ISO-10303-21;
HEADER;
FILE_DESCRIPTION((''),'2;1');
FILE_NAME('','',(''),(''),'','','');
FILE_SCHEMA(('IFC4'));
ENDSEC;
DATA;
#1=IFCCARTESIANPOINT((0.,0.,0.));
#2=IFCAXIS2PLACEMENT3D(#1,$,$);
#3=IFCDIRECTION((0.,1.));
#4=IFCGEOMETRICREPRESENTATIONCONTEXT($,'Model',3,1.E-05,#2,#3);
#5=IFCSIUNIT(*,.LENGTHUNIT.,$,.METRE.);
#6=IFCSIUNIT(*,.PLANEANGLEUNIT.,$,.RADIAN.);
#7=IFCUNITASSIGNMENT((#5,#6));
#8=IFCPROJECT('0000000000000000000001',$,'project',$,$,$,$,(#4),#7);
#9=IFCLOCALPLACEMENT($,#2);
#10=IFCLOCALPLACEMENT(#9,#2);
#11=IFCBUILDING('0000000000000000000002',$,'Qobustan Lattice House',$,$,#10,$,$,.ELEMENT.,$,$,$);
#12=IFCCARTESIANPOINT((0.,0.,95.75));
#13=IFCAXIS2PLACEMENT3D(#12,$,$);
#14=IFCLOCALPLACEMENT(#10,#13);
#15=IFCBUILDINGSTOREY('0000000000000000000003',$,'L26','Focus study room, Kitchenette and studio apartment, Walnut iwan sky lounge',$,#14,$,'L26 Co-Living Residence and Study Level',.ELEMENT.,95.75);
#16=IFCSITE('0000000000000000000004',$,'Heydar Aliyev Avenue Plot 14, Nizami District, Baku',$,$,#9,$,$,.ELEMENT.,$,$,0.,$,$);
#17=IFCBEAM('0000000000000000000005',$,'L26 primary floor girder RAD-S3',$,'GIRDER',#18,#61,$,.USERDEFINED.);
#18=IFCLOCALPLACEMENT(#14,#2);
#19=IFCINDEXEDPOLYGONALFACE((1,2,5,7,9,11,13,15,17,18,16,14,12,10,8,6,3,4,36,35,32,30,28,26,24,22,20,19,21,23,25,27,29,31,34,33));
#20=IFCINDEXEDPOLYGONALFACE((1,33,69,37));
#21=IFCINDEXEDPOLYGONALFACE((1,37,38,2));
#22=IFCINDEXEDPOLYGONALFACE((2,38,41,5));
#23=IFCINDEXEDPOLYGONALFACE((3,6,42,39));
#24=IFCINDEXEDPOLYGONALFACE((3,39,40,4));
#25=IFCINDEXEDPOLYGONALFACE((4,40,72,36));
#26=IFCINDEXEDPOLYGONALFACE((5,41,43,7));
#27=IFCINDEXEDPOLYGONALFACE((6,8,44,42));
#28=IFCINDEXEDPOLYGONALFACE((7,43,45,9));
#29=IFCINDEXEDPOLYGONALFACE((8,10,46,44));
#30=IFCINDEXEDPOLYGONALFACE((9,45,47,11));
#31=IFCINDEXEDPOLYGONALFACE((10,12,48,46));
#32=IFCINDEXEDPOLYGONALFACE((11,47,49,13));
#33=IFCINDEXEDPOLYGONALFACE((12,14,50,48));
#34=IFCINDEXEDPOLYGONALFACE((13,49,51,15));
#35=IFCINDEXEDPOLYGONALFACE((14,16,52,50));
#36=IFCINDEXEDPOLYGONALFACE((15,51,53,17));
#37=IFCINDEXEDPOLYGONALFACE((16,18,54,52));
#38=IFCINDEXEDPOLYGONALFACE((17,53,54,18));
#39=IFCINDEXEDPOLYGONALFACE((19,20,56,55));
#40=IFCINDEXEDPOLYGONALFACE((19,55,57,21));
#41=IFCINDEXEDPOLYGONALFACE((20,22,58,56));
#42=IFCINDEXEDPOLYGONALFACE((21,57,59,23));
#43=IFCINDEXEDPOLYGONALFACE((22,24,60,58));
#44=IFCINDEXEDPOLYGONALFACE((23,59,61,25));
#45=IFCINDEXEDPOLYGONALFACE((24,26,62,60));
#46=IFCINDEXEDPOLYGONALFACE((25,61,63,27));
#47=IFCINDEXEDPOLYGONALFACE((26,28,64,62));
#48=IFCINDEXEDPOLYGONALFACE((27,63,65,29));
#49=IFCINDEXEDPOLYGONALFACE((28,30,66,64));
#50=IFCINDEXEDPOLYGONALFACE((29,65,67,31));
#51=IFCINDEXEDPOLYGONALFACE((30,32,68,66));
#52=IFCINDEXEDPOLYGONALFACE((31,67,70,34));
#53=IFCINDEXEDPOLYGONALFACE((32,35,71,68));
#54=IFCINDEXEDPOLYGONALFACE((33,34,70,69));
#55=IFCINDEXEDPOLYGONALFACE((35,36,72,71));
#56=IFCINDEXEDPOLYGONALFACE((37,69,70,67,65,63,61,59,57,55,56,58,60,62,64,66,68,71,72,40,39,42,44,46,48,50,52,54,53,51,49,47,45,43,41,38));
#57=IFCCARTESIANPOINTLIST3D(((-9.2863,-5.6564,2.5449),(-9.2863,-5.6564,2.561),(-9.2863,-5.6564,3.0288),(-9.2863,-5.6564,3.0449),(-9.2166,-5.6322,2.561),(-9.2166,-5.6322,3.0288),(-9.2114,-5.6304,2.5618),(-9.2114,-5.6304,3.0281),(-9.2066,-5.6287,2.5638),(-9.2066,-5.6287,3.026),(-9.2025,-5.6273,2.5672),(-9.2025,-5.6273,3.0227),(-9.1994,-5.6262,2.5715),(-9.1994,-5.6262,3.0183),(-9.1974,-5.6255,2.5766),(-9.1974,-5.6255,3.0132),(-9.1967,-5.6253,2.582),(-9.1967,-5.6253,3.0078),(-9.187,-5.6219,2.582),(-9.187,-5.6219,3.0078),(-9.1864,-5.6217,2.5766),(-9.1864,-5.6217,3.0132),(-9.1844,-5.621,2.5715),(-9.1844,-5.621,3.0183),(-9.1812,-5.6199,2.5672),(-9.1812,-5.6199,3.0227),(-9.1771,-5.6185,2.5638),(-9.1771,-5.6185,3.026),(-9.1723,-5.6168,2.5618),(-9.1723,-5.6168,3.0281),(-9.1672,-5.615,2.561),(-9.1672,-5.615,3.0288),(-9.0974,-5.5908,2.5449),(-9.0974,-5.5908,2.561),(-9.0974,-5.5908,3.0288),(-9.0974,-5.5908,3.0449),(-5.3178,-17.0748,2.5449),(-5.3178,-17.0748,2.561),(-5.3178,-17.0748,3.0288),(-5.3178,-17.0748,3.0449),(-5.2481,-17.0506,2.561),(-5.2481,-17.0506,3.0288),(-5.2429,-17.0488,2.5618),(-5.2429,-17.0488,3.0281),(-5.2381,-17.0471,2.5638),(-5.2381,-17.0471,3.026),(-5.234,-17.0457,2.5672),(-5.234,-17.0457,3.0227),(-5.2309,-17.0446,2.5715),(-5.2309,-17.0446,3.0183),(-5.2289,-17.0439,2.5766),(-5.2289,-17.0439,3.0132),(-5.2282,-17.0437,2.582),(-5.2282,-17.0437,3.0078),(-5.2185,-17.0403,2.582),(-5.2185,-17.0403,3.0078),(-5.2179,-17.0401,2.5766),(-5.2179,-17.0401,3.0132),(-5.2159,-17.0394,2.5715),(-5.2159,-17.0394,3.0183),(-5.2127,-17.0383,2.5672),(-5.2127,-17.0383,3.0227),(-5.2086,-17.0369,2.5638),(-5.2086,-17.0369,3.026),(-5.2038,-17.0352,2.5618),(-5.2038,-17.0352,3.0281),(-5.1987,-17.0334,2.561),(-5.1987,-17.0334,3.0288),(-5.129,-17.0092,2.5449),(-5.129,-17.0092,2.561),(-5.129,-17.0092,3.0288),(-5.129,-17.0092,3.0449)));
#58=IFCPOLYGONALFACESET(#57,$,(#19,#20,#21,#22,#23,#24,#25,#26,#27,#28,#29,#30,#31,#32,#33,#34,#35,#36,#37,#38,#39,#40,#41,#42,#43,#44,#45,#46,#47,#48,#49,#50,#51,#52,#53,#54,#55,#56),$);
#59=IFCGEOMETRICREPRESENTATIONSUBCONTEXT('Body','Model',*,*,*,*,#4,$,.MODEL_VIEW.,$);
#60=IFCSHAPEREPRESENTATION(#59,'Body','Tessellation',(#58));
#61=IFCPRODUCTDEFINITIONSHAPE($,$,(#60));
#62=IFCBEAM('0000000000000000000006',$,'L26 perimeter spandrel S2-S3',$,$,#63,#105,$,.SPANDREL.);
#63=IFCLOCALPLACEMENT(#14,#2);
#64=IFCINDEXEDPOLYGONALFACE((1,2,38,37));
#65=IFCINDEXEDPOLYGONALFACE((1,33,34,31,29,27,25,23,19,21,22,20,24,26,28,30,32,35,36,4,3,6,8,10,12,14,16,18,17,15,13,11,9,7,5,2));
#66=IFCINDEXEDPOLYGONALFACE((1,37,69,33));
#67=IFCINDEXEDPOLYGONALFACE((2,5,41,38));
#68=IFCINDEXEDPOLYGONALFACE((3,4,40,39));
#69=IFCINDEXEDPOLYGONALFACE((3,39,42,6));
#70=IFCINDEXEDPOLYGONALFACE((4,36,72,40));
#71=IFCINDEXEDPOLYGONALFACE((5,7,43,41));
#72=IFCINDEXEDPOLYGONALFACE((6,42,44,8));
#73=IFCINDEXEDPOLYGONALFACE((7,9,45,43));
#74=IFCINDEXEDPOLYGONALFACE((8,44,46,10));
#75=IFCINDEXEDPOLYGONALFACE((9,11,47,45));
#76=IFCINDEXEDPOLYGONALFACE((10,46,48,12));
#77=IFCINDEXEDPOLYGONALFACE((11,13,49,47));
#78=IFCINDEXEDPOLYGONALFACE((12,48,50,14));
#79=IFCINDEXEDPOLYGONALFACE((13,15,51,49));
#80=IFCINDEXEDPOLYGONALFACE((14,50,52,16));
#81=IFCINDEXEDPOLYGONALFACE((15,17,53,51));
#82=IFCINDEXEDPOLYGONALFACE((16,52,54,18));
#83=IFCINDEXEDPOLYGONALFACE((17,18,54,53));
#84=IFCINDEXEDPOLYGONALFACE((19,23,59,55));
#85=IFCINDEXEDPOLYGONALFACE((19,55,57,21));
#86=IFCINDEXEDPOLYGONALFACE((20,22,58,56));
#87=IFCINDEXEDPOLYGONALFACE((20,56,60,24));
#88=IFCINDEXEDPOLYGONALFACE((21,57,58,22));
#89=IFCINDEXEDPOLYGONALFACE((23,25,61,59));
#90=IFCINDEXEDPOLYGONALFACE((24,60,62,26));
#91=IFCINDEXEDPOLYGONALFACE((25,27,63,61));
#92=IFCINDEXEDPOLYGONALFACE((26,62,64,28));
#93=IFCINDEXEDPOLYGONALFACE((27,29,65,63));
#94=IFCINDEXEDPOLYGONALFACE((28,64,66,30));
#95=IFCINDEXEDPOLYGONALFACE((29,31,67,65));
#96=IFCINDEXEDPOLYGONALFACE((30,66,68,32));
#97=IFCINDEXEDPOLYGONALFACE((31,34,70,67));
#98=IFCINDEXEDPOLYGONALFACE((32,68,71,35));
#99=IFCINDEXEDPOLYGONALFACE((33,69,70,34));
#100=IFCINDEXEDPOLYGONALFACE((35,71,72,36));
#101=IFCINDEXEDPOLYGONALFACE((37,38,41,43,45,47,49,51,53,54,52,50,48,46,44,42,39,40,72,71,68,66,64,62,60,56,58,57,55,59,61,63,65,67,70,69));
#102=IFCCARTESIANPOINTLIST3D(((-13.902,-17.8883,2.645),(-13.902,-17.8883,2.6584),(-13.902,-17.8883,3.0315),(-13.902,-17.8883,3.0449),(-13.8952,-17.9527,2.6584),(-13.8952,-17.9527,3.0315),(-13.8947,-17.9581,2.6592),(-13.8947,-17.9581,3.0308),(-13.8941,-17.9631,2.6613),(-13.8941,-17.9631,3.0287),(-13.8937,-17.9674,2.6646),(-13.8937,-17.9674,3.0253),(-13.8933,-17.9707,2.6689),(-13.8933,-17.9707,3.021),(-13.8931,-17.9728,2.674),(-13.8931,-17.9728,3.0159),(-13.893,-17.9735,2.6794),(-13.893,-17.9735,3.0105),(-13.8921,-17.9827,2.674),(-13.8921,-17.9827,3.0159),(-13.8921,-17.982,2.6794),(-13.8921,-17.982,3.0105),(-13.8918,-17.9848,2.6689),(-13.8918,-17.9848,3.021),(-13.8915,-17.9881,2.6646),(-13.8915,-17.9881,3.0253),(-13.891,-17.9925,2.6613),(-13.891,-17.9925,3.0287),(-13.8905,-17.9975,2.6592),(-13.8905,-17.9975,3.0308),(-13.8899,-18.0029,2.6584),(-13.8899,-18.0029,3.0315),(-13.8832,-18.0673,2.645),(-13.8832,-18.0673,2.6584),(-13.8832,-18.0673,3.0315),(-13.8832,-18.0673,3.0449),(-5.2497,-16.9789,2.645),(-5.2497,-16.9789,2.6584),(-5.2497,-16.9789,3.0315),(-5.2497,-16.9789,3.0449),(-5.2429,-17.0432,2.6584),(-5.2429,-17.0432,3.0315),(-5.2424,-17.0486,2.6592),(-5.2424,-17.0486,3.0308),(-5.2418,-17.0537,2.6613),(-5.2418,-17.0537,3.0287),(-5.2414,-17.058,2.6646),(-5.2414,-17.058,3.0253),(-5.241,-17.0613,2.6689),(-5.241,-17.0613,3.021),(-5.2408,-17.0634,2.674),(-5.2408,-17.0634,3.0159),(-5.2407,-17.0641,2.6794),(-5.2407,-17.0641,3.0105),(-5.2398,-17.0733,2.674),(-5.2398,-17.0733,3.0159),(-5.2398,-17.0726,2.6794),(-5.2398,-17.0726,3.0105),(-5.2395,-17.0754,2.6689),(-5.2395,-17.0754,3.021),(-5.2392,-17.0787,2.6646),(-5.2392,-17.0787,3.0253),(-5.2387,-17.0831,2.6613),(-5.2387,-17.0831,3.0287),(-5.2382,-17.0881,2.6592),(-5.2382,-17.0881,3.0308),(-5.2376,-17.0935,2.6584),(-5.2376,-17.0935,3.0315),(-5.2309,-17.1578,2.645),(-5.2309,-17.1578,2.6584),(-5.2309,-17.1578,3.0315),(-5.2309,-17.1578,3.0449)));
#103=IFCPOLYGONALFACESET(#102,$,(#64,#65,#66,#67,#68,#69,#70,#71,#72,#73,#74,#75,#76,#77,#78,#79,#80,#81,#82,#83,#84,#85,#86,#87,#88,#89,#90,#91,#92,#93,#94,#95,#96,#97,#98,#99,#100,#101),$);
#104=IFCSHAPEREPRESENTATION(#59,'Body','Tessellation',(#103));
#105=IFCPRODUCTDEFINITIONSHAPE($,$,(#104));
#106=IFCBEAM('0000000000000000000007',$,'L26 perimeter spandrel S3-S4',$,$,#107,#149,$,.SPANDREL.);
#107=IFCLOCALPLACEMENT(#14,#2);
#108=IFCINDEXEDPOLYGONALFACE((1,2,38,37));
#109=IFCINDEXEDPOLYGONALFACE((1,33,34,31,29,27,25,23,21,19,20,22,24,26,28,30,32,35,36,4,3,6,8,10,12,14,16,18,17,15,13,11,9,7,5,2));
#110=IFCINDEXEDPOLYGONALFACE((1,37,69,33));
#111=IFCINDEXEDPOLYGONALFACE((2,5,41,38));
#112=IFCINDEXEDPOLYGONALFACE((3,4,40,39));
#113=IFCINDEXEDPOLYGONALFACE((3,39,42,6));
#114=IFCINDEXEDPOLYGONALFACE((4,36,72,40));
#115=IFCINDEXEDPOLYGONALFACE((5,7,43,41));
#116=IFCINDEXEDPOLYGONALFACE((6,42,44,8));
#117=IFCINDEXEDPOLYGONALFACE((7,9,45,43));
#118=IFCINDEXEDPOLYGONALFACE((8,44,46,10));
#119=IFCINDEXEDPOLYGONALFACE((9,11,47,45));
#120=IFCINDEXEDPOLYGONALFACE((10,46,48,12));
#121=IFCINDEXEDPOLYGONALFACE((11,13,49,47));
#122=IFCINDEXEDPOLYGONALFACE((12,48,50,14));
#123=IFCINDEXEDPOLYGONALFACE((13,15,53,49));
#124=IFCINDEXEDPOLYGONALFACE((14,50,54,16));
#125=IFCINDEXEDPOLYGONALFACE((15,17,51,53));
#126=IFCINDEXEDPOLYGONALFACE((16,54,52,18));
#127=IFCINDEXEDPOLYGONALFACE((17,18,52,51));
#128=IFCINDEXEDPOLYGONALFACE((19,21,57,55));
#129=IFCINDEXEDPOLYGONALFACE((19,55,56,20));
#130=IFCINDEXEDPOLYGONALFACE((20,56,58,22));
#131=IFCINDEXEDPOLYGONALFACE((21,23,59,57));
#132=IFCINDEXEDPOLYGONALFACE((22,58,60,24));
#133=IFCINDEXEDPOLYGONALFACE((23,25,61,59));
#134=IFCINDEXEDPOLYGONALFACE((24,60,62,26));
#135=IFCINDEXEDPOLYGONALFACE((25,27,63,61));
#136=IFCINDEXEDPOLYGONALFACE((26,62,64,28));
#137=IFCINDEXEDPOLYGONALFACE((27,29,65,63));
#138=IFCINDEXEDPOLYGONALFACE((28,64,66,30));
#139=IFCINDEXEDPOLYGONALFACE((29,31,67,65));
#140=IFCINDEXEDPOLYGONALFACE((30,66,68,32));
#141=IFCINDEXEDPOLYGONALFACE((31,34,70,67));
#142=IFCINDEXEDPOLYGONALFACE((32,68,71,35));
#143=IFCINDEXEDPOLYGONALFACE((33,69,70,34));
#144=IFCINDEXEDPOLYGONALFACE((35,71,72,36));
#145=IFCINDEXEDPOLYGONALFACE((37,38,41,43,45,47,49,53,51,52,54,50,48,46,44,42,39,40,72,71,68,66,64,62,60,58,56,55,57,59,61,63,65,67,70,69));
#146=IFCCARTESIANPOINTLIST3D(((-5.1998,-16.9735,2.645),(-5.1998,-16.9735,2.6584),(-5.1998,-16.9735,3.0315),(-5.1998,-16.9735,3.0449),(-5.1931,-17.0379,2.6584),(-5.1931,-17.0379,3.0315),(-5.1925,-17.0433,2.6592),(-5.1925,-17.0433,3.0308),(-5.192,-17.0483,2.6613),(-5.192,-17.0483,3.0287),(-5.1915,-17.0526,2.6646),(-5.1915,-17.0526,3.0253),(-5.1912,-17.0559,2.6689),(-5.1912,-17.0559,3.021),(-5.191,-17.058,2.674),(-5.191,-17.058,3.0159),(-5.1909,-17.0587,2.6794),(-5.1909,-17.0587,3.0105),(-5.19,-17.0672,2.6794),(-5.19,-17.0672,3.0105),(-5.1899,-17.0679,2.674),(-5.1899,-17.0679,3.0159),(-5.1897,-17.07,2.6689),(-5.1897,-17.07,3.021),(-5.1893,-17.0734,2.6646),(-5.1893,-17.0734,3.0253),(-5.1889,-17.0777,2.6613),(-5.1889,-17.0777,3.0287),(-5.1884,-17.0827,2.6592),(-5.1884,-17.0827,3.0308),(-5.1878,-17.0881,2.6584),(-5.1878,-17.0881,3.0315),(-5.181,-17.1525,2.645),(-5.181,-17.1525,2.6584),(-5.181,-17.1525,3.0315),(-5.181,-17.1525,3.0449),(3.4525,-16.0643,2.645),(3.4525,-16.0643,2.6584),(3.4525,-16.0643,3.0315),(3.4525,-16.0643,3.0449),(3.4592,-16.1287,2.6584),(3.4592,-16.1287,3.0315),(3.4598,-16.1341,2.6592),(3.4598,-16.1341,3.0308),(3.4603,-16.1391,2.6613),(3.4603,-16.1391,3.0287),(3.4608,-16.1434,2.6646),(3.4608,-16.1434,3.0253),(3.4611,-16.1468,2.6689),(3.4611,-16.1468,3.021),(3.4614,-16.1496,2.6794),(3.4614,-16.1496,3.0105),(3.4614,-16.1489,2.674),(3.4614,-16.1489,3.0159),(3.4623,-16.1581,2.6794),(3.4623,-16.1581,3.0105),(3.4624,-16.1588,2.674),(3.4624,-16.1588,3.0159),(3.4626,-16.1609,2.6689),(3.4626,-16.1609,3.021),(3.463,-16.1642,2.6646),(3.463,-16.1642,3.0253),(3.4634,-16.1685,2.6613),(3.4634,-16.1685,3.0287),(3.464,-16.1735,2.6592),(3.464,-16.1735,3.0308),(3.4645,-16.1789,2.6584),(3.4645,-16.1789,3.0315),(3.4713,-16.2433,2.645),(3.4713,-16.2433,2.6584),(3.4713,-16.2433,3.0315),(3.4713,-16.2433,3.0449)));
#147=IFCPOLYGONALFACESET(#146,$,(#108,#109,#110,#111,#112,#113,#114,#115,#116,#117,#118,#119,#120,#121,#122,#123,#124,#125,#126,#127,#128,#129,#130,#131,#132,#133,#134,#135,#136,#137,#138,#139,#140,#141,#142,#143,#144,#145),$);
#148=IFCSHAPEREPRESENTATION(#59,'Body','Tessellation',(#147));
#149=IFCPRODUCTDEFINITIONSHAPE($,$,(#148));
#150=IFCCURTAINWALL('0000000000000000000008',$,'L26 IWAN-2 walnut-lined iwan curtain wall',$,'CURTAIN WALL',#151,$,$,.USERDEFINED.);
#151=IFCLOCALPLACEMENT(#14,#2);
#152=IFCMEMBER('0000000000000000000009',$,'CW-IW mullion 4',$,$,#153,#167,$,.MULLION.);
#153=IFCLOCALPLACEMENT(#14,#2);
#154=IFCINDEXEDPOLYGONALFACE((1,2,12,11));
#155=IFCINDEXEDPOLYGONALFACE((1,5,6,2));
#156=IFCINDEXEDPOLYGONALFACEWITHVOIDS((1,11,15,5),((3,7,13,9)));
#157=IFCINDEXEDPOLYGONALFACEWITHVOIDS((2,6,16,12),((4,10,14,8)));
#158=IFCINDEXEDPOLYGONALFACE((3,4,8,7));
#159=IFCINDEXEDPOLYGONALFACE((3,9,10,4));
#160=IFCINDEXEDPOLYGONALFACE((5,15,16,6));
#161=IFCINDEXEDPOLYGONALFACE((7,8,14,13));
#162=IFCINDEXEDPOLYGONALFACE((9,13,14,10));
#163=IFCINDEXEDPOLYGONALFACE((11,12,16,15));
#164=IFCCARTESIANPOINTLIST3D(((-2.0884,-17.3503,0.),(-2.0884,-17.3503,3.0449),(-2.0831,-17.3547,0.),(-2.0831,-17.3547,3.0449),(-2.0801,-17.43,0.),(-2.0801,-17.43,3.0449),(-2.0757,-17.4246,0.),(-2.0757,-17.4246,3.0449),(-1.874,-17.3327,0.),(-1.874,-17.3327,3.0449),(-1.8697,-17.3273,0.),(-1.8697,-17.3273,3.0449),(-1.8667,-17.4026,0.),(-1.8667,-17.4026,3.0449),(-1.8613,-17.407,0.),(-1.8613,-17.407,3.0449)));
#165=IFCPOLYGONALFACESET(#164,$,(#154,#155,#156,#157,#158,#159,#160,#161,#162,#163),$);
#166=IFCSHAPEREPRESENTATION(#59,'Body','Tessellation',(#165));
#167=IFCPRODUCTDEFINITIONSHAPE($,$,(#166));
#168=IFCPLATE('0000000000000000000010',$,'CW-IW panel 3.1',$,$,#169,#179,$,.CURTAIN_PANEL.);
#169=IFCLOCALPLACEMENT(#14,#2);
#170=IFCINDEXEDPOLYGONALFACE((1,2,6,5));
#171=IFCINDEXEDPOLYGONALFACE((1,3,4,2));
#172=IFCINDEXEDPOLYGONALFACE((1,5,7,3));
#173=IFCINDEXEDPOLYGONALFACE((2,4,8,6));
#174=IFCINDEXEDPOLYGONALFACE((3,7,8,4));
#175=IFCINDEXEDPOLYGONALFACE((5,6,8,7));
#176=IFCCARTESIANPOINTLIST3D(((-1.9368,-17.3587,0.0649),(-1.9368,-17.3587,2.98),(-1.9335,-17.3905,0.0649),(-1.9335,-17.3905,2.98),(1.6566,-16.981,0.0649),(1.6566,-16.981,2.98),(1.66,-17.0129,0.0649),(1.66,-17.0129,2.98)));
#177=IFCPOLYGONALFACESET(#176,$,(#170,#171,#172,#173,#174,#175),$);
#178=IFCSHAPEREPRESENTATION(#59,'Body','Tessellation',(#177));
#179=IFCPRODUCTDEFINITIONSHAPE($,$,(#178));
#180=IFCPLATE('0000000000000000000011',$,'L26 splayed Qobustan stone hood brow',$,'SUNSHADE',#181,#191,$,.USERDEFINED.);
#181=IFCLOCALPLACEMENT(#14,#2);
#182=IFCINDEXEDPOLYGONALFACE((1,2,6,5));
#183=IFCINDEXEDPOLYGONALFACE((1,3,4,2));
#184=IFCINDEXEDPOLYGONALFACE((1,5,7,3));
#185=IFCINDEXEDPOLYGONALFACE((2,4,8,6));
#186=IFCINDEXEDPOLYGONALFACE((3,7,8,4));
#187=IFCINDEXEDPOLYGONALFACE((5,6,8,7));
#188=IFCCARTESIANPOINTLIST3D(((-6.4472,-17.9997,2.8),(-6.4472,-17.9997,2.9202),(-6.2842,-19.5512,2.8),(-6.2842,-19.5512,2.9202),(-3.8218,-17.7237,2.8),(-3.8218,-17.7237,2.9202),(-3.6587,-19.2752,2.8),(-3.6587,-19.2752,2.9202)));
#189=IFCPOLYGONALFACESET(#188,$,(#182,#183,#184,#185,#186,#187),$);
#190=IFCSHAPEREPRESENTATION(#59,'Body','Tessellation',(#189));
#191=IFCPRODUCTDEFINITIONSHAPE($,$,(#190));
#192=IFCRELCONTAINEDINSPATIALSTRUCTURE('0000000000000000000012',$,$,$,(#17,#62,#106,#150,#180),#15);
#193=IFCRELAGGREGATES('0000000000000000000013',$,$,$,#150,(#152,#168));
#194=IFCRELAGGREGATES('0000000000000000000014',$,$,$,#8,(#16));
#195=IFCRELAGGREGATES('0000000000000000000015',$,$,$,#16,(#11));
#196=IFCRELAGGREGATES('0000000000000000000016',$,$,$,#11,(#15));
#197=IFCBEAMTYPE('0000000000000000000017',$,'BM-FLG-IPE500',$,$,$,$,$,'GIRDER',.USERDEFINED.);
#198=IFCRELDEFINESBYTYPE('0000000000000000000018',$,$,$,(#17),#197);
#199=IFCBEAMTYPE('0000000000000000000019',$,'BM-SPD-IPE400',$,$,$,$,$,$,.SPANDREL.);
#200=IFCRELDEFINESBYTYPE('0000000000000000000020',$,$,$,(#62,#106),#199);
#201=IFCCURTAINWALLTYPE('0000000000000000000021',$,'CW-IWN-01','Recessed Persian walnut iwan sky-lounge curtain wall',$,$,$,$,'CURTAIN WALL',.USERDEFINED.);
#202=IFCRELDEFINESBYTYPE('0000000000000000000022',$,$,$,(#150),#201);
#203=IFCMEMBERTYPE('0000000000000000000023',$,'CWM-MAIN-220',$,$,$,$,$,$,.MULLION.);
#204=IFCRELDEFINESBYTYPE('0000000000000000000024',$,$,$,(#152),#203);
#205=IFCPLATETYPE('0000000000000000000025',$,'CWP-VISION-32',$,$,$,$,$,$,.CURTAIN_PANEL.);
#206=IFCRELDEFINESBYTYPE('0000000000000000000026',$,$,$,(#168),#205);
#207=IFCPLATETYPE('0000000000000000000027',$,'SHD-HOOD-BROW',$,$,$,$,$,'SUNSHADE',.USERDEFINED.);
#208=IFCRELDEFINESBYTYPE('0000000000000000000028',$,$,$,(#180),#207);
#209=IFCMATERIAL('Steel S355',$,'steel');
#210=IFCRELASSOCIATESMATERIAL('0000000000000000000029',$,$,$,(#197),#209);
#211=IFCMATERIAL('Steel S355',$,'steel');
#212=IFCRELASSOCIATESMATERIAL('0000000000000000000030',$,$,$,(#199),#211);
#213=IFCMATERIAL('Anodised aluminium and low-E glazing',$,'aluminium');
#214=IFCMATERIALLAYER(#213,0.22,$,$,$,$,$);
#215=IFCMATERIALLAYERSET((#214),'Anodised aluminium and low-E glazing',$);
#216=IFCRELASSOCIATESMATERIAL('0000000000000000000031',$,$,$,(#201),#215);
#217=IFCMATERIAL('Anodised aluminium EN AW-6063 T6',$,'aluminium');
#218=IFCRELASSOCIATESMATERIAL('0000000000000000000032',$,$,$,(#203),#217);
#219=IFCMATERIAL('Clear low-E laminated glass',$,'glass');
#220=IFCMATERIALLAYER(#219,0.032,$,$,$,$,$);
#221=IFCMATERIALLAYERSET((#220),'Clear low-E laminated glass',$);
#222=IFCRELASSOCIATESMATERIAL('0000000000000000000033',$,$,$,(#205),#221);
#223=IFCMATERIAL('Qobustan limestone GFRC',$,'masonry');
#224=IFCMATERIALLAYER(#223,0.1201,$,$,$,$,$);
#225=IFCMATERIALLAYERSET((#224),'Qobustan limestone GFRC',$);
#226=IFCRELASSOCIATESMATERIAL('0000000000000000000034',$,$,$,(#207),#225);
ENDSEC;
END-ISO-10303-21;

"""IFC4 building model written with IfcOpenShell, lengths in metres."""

from ifc_helpers import new_model, si_unit, direction, frame, origin, origin_2d, place, context, subcontext, project, spatial, rectangle, hollow_rectangle, i_section, extrude, material, layer, layer_set, material_profile, profile_set, type_object, element, aggregate, save


model = new_model("IFC4")

# Units and contexts
model_context = context("Model", 3, precision=1e-05, world=origin(), true_north=direction((0.0, 1.0)))
body_context = subcontext(model_context, "Body", "Model", "MODEL_VIEW")
ifc_project = project(units=[si_unit("LENGTHUNIT", "METRE"), si_unit("PLANEANGLEUNIT", "RADIAN")], contexts=[model_context])

# Site, building, storey
site_placement = place(None, origin())
site = spatial("IfcSite", under=ifc_project, at=site_placement, Name="Heydar Aliyev Avenue Plot 14, Nizami District, Baku", CompositionType="ELEMENT", RefElevation=0.0)
building_placement = place(site_placement, origin())
building = spatial("IfcBuilding", under=site, at=building_placement, Name="Qobustan Lattice House", CompositionType="ELEMENT")
storey_placement = place(building_placement, frame((0.0, 0.0, 95.75)))
storey = spatial("IfcBuildingStorey", under=building, at=storey_placement, Name="L26", Description="Focus study room, Kitchenette and studio apartment, Walnut iwan sky lounge", LongName="L26 Co-Living Residence and Study Level", CompositionType="ELEMENT", Elevation=95.75)

# Beams
ifc_material_1 = material(Name="Steel S355", Category="steel")
ifc_material_profile_1 = material_profile(ifc_material_1, i_section(OverallWidth=0.2, OverallDepth=0.5, WebThickness=0.0103, FlangeThickness=0.0161, FilletRadius=0.021, at=origin_2d()), Name="IPE500")
ifc_profile_set_1 = profile_set([ifc_material_profile_1], Name="Steel S355")
beam_type_1 = type_object("IfcBeamType", Name="BM-FLG-IPE500", ElementType="GIRDER", PredefinedType="USERDEFINED", material=ifc_profile_set_1)
beam_1_placement = place(storey_placement, frame((-5.2234, -17.042, 2.7949), z_axis=(-0.32829, 0.944577, 0.0), x_axis=(-0.944577, -0.32829, 0.0)))
element("IfcBeam", 1, at=beam_1_placement, inside=storey, type_object=beam_type_1, Name="L26 primary floor girder RAD-S3", ObjectType="GIRDER", PredefinedType="USERDEFINED", context=body_context, shape_type="SweptSolid", body=[
    extrude(i_section(OverallWidth=0.2, OverallDepth=0.5, WebThickness=0.0103, FlangeThickness=0.0161, FilletRadius=0.021, at=origin_2d()), origin(), (0.0, 0.0, 1.0), 12.0884),
])
ifc_material_2 = material(Name="Steel S355", Category="steel")
ifc_material_profile_2 = material_profile(ifc_material_2, i_section(OverallWidth=0.1799, OverallDepth=0.3999, WebThickness=0.0085, FlangeThickness=0.0134, FilletRadius=0.021, at=origin_2d()), Name="IPE400")
ifc_profile_set_2 = profile_set([ifc_material_profile_2], Name="Steel S355")
beam_type_2 = type_object("IfcBeamType", Name="BM-SPD-IPE400", PredefinedType="SPANDREL", material=ifc_profile_set_2)
for number, where, z_axis, x_axis, name in (
    (2, (-13.8926, -17.9778, 2.845), (0.994522, 0.104531, 0.0), (-0.104531, 0.994522, 0.0), "L26 perimeter spandrel S2-S3"),
    (3, (-5.1904, -17.063, 2.845), (0.994525, 0.104504, 0.0), (-0.104504, 0.994525, 0.0), "L26 perimeter spandrel S3-S4"),
):
    element("IfcBeam", number, at=place(storey_placement, frame(where, z_axis=z_axis, x_axis=x_axis)), inside=storey, type_object=beam_type_2, Name=name, PredefinedType="SPANDREL", context=body_context, shape_type="SweptSolid", body=[
        extrude(i_section(OverallWidth=0.1799, OverallDepth=0.3999, WebThickness=0.0085, FlangeThickness=0.0134, FilletRadius=0.021, at=origin_2d()), origin(), (0.0, 0.0, 1.0), 8.7),
    ])

# Curtain wall, member, plate
ifc_material_3 = material(Name="Anodised aluminium and low-E glazing", Category="aluminium")
ifc_layer_1 = layer(ifc_material_3, 0.22)
ifc_layer_set_1 = layer_set([ifc_layer_1], Name="Anodised aluminium and low-E glazing")
curtain_wall_type = type_object("IfcCurtainWallType", Name="CW-IWN-01", Description="Recessed Persian walnut iwan sky-lounge curtain wall", ElementType="CURTAIN WALL", PredefinedType="USERDEFINED", material=ifc_layer_set_1)
curtain_wall_placement = place(storey_placement, origin())
curtain_wall = element("IfcCurtainWall", 4, at=curtain_wall_placement, inside=storey, type_object=curtain_wall_type, Name="L26 IWAN-2 walnut-lined iwan curtain wall", ObjectType="CURTAIN WALL", PredefinedType="USERDEFINED")
ifc_material_4 = material(Name="Anodised aluminium EN AW-6063 T6", Category="aluminium")
ifc_material_profile_3 = material_profile(ifc_material_4, hollow_rectangle(XDim=0.0801, YDim=0.22, WallThickness=0.0049, at=origin_2d()), Name="CWM-220x80")
ifc_profile_set_3 = profile_set([ifc_material_profile_3], Name="Anodised aluminium EN AW-6063 T6")
member_type = type_object("IfcMemberType", Name="CWM-MAIN-220", PredefinedType="MULLION", material=ifc_profile_set_3)
member_placement = place(storey_placement, frame((-1.9749, -17.3787, 0.0), z_axis=(0.0, 0.0, 1.0), x_axis=(0.104526, -0.994522, 0.0)))
member = element("IfcMember", 5, at=member_placement, type_object=member_type, Name="CW-IW mullion 4", PredefinedType="MULLION", context=body_context, shape_type="SweptSolid", body=[
    extrude(hollow_rectangle(XDim=0.0801, YDim=0.22, WallThickness=0.0049, at=origin_2d()), origin(), (0.0, 0.0, 1.0), 3.0449),
])
ifc_material_5 = material(Name="Clear low-E laminated glass", Category="glass")
ifc_layer_2 = layer(ifc_material_5, 0.032)
ifc_layer_set_2 = layer_set([ifc_layer_2], Name="Clear low-E laminated glass")
plate_type_1 = type_object("IfcPlateType", Name="CWP-VISION-32", PredefinedType="CURTAIN_PANEL", material=ifc_layer_set_2)
plate_1_placement = place(storey_placement, frame((-0.1384, -17.1858, 0.0649), z_axis=(0.0, 0.0, 1.0), x_axis=(-0.994522, -0.104526, 0.0)))
plate_1 = element("IfcPlate", 6, at=plate_1_placement, type_object=plate_type_1, Name="CW-IW panel 3.1", PredefinedType="CURTAIN_PANEL", context=body_context, shape_type="SweptSolid", body=[
    extrude(rectangle(XDim=3.6133, YDim=0.032, at=origin_2d()), origin(), (0.0, 0.0, 1.0), 2.915),
])
aggregate(curtain_wall, [member, plate_1])

# Plate
ifc_material_6 = material(Name="Qobustan limestone GFRC", Category="masonry")
ifc_layer_3 = layer(ifc_material_6, 0.1201)
ifc_layer_set_3 = layer_set([ifc_layer_3], Name="Qobustan limestone GFRC")
plate_type_2 = type_object("IfcPlateType", Name="SHD-HOOD-BROW", ElementType="SUNSHADE", PredefinedType="USERDEFINED", material=ifc_layer_set_3)
plate_2_placement = place(storey_placement, frame((-5.053, -18.6375, 2.8), z_axis=(0.0, 0.0, 1.0), x_axis=(-0.994522, -0.104528, 0.0)))
element("IfcPlate", 7, at=plate_2_placement, inside=storey, type_object=plate_type_2, Name="L26 splayed Qobustan stone hood brow", ObjectType="SUNSHADE", PredefinedType="USERDEFINED", context=body_context, shape_type="SweptSolid", body=[
    extrude(rectangle(XDim=2.6399, YDim=1.5601, at=origin_2d()), origin(), (0.0, 0.0, 1.0), 0.1201),
])

save(model, "model.ifc")
